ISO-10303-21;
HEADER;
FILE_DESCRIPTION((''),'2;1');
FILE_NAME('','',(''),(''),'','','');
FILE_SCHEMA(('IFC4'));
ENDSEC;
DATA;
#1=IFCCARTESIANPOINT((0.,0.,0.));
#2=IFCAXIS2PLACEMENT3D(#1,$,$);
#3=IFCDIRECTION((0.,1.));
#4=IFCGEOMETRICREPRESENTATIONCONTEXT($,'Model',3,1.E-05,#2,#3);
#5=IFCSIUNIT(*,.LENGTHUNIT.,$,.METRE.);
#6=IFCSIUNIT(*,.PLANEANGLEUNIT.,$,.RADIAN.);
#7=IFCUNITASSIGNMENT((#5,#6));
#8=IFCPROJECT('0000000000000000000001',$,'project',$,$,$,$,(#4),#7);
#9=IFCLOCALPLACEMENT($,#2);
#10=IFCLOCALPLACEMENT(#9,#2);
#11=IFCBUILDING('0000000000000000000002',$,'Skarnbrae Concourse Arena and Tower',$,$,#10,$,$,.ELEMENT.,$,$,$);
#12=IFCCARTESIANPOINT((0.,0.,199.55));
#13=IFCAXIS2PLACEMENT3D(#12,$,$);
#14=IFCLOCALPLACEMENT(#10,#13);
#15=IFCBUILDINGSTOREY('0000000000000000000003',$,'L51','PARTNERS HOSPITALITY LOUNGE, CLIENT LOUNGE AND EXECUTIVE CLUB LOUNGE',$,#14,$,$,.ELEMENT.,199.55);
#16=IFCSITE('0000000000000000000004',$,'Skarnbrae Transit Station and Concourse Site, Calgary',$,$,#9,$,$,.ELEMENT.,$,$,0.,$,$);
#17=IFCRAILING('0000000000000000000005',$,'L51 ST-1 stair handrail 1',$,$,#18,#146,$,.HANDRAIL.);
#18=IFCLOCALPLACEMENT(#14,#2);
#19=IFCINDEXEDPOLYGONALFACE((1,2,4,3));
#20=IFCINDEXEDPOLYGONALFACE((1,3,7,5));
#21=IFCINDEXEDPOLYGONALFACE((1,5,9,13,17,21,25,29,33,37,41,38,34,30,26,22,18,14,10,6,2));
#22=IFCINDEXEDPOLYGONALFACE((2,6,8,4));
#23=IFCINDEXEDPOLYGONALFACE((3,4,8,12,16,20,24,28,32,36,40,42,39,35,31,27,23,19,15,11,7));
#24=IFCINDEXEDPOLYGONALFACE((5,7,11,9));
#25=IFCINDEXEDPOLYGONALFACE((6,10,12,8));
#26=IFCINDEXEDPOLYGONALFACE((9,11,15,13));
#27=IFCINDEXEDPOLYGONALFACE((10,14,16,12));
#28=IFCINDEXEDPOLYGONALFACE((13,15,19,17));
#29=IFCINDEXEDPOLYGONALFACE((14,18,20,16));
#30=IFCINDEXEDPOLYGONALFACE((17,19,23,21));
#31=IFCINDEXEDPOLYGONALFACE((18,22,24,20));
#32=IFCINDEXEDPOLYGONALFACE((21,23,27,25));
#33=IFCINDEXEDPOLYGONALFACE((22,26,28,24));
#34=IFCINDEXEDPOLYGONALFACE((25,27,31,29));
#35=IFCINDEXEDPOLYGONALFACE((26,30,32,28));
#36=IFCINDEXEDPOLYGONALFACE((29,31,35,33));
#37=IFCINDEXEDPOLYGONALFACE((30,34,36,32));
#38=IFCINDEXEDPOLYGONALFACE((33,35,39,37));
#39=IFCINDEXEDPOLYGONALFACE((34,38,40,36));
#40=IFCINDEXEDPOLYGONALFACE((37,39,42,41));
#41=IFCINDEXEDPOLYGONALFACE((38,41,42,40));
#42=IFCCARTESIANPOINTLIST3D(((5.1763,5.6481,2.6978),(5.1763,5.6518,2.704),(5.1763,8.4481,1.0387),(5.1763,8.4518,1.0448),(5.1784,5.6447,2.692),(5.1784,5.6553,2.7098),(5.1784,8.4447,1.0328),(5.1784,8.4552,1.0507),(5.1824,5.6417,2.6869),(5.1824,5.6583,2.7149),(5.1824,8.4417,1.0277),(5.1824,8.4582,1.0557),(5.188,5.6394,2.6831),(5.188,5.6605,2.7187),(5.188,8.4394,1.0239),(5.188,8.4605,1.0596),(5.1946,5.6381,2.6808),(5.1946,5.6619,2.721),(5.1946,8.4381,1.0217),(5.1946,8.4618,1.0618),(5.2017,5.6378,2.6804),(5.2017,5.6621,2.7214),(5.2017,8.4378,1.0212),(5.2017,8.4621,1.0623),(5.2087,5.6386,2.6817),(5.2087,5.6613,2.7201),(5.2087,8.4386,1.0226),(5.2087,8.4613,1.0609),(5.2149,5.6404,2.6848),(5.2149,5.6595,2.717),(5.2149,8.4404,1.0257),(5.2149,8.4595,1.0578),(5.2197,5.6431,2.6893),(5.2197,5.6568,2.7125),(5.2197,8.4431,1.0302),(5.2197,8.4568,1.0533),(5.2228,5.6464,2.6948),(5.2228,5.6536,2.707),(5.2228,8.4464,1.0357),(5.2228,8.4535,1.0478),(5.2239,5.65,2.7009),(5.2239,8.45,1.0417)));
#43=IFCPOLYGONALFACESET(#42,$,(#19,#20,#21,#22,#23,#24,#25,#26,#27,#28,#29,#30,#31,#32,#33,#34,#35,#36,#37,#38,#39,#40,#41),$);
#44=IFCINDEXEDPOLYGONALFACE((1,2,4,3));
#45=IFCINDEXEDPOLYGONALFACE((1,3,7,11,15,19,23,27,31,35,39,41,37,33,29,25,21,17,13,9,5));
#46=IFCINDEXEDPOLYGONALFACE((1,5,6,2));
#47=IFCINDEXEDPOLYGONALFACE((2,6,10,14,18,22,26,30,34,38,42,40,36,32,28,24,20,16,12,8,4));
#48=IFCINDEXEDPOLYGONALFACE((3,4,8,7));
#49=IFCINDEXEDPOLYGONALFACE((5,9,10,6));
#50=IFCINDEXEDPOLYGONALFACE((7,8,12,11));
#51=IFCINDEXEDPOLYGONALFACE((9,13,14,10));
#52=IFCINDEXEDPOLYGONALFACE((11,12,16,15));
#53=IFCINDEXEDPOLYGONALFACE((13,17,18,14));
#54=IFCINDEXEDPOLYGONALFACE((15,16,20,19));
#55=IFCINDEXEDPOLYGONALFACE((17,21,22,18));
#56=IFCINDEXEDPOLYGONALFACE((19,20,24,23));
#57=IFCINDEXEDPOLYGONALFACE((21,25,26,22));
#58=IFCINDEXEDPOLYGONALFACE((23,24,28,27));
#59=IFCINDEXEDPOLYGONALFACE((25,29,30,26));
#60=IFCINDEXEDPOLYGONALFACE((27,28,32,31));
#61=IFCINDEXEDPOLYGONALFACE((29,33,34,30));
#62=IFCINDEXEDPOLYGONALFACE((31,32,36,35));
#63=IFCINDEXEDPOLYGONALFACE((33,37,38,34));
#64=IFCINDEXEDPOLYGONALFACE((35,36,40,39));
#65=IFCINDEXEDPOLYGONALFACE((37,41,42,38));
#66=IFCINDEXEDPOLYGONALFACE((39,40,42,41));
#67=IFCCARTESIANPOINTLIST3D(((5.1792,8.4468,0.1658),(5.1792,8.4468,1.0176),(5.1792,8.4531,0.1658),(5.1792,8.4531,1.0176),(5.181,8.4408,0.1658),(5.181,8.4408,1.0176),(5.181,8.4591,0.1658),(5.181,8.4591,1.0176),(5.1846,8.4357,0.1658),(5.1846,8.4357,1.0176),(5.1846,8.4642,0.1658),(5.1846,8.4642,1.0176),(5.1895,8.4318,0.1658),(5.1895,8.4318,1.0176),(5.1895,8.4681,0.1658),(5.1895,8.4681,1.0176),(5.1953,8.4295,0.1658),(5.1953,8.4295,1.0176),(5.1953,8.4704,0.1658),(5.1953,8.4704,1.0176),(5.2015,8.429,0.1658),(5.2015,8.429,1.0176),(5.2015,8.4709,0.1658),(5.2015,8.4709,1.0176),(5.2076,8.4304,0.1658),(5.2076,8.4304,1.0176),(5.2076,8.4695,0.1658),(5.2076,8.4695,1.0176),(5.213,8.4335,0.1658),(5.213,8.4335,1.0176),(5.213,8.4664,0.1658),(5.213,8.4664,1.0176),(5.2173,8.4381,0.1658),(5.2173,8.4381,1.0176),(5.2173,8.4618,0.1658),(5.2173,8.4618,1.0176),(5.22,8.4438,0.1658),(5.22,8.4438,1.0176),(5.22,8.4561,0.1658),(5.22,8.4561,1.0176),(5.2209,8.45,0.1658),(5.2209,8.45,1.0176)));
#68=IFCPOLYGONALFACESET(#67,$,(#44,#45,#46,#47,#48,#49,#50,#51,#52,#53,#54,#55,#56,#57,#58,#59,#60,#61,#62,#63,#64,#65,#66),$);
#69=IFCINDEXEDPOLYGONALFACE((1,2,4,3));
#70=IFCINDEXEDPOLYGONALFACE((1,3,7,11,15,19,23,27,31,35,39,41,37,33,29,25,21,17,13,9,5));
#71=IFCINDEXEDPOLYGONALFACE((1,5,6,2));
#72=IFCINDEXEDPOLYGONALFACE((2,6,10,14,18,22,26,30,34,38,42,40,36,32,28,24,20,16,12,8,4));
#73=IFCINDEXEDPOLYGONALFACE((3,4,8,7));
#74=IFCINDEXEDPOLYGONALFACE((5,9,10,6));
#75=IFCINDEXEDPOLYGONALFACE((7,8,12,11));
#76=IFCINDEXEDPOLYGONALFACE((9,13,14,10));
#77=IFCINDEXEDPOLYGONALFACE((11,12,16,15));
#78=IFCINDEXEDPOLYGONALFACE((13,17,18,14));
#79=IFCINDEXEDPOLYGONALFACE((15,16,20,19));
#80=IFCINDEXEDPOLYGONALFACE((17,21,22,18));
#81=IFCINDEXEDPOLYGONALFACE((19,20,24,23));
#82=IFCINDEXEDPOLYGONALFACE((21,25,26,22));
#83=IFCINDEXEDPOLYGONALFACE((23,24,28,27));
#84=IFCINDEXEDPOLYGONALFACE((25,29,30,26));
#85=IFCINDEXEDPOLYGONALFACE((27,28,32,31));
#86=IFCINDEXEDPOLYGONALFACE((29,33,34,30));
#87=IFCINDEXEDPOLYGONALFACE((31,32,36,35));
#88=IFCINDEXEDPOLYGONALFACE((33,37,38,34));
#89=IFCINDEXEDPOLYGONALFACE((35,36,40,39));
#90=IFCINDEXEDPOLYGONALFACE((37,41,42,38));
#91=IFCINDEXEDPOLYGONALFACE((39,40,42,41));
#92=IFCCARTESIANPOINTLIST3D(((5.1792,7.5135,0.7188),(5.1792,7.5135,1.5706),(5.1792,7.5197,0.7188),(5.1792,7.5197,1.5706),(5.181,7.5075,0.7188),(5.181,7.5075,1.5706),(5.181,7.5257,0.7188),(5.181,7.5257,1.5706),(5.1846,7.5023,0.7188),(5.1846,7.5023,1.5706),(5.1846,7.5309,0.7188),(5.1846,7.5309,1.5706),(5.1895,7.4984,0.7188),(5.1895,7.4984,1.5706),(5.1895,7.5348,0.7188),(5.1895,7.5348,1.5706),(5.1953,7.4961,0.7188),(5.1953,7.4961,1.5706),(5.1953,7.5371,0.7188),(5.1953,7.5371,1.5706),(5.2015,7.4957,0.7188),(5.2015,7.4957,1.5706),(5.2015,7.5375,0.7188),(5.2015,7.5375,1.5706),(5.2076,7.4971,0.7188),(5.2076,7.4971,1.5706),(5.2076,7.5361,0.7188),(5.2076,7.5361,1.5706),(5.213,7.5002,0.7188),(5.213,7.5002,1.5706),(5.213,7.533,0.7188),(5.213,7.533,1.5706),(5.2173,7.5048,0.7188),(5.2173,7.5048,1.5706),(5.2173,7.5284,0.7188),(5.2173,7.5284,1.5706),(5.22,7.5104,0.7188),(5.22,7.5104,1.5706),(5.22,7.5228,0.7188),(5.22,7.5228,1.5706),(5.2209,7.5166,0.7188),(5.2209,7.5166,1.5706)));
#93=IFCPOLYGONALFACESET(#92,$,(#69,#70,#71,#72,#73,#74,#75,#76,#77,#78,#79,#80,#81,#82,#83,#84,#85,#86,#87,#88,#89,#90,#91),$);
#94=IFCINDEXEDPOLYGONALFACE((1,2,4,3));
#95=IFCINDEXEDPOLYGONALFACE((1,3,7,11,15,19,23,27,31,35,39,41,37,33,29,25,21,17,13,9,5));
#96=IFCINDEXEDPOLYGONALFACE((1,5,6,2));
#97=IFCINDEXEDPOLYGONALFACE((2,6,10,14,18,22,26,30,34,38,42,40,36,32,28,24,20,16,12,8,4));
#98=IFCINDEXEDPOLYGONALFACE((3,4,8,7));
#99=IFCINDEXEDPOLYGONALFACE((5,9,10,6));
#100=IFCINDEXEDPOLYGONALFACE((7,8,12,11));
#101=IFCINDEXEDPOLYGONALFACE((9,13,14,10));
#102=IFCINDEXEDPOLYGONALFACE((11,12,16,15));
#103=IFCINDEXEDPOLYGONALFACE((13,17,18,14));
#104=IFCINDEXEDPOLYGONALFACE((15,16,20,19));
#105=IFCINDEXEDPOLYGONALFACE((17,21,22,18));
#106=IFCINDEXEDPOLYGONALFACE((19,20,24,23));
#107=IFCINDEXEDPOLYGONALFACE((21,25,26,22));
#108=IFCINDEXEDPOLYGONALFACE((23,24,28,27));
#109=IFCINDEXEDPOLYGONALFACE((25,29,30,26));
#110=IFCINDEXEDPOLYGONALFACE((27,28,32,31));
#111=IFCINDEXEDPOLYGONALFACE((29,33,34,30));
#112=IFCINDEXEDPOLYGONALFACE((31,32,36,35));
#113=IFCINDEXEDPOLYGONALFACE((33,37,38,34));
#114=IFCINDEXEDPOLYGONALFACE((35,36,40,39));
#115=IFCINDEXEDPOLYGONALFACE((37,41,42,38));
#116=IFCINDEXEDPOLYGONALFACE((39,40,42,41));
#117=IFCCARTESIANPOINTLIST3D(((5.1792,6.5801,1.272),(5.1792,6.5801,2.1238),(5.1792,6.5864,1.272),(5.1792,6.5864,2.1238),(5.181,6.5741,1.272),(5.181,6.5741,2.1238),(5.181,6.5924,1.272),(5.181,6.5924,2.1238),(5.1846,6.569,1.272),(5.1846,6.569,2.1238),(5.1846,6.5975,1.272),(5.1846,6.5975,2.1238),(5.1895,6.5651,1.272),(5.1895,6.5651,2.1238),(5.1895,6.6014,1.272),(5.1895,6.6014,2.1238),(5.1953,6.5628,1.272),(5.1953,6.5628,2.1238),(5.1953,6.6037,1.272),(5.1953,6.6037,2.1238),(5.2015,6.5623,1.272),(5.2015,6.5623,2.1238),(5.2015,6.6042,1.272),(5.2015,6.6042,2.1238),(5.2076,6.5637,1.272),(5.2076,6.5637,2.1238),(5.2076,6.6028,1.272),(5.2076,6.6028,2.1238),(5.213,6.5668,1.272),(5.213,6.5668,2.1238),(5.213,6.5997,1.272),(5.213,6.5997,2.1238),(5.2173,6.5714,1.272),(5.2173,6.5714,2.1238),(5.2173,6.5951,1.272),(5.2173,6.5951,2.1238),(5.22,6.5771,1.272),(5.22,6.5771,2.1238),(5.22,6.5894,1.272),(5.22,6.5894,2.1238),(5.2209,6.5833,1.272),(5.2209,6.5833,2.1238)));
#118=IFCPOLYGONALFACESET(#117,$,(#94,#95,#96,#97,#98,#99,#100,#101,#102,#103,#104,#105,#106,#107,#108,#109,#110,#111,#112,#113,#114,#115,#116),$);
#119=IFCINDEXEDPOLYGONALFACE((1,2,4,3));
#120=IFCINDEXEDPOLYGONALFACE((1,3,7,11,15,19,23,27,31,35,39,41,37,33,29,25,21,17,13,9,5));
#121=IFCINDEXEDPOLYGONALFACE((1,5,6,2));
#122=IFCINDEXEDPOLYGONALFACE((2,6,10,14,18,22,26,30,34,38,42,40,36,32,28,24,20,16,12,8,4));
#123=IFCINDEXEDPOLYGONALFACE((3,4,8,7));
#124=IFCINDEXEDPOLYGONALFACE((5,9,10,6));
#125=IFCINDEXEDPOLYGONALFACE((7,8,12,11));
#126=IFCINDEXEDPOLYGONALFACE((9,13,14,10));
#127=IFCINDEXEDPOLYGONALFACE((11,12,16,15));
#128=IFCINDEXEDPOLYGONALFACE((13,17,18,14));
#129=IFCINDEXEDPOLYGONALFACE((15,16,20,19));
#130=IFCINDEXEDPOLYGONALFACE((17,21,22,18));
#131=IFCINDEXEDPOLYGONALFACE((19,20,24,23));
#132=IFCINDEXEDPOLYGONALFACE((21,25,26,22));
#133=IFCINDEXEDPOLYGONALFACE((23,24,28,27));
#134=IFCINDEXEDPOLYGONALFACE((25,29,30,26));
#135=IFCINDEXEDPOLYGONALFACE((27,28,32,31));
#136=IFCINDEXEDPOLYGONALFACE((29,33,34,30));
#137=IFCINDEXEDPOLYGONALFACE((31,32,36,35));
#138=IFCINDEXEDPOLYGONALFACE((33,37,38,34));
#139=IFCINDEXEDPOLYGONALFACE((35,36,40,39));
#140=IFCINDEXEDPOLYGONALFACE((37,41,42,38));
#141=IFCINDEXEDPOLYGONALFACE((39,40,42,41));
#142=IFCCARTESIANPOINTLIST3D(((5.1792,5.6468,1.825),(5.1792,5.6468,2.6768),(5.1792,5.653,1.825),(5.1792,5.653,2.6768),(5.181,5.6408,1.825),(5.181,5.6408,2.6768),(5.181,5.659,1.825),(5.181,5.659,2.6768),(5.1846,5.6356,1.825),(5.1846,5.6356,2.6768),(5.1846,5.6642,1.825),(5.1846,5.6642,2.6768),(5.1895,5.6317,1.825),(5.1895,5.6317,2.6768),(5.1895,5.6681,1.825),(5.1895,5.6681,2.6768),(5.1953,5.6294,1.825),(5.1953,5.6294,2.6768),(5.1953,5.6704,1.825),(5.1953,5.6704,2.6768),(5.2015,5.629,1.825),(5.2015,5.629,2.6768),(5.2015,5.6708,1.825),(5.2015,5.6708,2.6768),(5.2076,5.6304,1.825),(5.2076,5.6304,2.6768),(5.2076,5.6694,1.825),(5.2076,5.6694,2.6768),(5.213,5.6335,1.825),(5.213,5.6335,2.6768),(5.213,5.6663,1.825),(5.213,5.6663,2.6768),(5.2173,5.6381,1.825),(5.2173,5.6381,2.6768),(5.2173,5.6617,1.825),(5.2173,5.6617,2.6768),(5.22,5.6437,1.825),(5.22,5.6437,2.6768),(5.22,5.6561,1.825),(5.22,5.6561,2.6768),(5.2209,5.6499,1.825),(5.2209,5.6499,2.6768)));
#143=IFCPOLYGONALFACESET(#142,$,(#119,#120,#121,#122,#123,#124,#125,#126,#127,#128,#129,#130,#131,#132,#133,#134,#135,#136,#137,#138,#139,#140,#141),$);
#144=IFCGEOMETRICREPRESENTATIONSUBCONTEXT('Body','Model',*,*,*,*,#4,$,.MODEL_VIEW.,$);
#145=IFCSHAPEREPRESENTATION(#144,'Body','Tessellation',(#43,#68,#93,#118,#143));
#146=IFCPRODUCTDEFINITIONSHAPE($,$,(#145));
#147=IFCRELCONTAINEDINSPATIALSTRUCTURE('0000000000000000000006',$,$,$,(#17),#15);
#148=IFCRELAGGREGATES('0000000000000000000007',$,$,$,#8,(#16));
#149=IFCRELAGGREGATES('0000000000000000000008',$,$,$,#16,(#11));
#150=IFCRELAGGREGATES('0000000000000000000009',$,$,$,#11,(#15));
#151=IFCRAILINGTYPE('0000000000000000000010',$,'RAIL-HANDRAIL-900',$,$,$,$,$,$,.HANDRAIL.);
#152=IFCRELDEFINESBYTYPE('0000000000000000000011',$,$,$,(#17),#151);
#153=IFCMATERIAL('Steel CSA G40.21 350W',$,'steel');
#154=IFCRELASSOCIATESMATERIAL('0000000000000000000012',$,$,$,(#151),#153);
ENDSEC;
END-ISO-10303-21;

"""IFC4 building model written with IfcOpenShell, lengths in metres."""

from ifc_helpers import new_model, si_unit, direction, frame, origin, origin_2d, place, context, subcontext, project, spatial, circle, extrude, material, type_object, element, save


model = new_model("IFC4")

# Units and contexts
model_context = context("Model", 3, precision=1e-05, world=origin(), true_north=direction((0.0, 1.0)))
body_context = subcontext(model_context, "Body", "Model", "MODEL_VIEW")
ifc_project = project(units=[si_unit("LENGTHUNIT", "METRE"), si_unit("PLANEANGLEUNIT", "RADIAN")], contexts=[model_context])

# Site, building, storey
site_placement = place(None, origin())
site = spatial("IfcSite", under=ifc_project, at=site_placement, Name="Skarnbrae Transit Station and Concourse Site, Calgary", CompositionType="ELEMENT", RefElevation=0.0)
building_placement = place(site_placement, origin())
building = spatial("IfcBuilding", under=site, at=building_placement, Name="Skarnbrae Concourse Arena and Tower", CompositionType="ELEMENT")
storey_placement = place(building_placement, frame((0.0, 0.0, 199.55)))
storey = spatial("IfcBuildingStorey", under=building, at=storey_placement, Name="L51", Description="PARTNERS HOSPITALITY LOUNGE, CLIENT LOUNGE AND EXECUTIVE CLUB LOUNGE", CompositionType="ELEMENT", Elevation=199.55)

# Railing
ifc_material_1 = material(Name="Steel CSA G40.21 350W", Category="steel")
railing_type_1 = type_object("IfcRailingType", Name="RAIL-HANDRAIL-900", PredefinedType="HANDRAIL", material=ifc_material_1)
railing_1_placement = place(storey_placement, frame((5.2, 8.45, 0.1658)))
element("IfcRailing", 1, at=railing_1_placement, inside=storey, type_object=railing_type_1, Name="L51 ST-1 stair handrail 1", PredefinedType="HANDRAIL", context=body_context, shape_type="SweptSolid", body=[
    extrude(circle(Radius=0.0239, at=origin_2d()), frame((0.0, 0.0, 0.876), z_axis=(0.0, -0.860306, 0.509778), x_axis=(1.0, 0.0, 0.0)), (0.0, 0.0, 1.0), 3.2546),
    extrude(circle(Radius=0.021, at=origin_2d()), origin(), (0.0, 0.0, 1.0), 0.8518),
    extrude(circle(Radius=0.021, at=origin_2d()), frame((0.0, -0.9333, 0.553)), (0.0, 0.0, 1.0), 0.8518),
    extrude(circle(Radius=0.021, at=origin_2d()), frame((0.0, -1.8667, 1.1062)), (0.0, 0.0, 1.0), 0.8518),
    extrude(circle(Radius=0.021, at=origin_2d()), frame((0.0, -2.8, 1.6592)), (0.0, 0.0, 1.0), 0.8518),
])

save(model, "model.ifc")
